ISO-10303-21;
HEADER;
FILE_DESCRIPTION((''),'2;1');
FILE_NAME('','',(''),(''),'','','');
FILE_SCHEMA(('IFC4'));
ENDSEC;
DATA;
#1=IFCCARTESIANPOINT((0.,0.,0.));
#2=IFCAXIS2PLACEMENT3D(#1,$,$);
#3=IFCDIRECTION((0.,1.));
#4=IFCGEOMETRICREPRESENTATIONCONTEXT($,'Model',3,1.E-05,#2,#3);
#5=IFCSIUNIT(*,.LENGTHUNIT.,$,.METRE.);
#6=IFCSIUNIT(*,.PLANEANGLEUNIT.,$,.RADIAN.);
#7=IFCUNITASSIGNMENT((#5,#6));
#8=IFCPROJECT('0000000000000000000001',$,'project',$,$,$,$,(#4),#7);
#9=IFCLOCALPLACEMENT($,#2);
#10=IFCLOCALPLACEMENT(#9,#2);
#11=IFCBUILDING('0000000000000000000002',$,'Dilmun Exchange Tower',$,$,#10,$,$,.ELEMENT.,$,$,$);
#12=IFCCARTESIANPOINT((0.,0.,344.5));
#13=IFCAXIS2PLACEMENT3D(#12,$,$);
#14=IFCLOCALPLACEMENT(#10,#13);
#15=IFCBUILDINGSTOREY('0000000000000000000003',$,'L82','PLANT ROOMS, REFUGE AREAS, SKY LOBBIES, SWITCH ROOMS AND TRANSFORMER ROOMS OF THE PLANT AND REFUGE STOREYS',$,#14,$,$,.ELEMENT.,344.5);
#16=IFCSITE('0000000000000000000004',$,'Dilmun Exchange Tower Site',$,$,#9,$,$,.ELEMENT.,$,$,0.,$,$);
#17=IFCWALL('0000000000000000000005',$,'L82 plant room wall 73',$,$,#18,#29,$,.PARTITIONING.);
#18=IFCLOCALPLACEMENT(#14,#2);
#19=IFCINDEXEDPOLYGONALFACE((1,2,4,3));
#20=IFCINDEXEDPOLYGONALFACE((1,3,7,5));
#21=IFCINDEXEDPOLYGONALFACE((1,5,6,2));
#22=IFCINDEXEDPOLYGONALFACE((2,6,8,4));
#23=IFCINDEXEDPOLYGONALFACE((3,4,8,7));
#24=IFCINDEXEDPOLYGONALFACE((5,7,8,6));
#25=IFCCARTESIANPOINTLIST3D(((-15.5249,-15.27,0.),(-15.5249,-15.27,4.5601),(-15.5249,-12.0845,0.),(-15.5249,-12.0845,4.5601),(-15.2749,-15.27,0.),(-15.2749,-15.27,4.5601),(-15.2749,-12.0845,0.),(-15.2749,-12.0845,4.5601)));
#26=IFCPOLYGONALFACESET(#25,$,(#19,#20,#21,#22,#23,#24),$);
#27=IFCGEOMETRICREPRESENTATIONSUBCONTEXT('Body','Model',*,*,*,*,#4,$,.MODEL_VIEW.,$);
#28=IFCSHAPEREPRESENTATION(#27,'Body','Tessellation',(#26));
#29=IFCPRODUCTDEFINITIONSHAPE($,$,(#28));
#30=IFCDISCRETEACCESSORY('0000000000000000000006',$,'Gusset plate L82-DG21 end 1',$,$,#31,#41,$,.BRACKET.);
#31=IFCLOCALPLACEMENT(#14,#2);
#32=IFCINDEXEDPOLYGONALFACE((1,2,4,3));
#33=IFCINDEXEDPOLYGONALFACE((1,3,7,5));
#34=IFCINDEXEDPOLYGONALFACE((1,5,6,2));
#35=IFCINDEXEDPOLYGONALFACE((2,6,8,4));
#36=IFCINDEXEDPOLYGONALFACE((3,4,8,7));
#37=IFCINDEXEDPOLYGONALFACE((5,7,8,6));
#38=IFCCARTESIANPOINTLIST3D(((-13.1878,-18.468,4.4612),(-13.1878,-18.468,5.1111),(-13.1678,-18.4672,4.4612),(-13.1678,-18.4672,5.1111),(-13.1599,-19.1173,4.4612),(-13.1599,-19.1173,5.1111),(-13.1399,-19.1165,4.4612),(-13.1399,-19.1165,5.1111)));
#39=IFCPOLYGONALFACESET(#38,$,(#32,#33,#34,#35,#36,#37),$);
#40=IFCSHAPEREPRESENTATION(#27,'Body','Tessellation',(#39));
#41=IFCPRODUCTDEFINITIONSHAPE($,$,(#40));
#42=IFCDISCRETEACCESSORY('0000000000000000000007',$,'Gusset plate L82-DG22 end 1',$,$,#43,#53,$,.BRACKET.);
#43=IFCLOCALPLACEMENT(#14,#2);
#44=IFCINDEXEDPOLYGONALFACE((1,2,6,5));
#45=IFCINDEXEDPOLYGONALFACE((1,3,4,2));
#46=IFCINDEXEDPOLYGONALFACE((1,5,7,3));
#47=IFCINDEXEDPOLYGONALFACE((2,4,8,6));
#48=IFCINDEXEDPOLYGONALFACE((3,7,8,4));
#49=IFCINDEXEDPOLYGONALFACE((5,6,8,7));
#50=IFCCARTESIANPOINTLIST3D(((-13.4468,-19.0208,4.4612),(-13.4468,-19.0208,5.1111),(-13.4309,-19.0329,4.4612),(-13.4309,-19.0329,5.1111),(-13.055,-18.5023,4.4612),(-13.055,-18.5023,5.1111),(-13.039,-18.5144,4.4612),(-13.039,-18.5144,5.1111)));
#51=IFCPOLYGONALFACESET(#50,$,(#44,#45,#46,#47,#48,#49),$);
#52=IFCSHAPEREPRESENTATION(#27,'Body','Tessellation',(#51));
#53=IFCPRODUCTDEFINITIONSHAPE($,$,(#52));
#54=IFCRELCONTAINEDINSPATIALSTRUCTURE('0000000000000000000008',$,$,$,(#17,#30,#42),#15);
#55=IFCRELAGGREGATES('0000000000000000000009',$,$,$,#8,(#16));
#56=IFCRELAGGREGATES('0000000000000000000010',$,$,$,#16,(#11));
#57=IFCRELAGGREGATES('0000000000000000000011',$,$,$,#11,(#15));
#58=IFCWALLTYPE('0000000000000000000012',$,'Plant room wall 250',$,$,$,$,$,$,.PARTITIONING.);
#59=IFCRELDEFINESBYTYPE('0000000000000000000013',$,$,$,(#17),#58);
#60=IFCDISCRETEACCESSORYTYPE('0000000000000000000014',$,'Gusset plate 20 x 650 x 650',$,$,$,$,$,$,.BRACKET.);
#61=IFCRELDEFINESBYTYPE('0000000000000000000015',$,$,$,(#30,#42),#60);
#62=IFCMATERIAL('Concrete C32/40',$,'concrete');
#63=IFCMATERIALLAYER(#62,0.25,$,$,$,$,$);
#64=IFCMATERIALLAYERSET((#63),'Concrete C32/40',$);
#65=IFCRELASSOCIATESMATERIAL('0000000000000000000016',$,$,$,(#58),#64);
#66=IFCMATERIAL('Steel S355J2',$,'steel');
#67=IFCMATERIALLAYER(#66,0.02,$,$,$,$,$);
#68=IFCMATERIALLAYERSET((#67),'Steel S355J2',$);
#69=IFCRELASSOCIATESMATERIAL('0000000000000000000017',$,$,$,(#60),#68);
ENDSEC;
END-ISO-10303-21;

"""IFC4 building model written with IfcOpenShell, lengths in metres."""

from ifc_helpers import new_model, si_unit, direction, frame, frame_2d, origin, origin_2d, place, context, subcontext, project, spatial, rectangle, extrude, material, layer, layer_set, type_object, element, save


model = new_model("IFC4")

# Units and contexts
model_context = context("Model", 3, precision=1e-05, world=origin(), true_north=direction((0.0, 1.0)))
body_context = subcontext(model_context, "Body", "Model", "MODEL_VIEW")
ifc_project = project(units=[si_unit("LENGTHUNIT", "METRE"), si_unit("PLANEANGLEUNIT", "RADIAN")], contexts=[model_context])

# Site, building, storey
site_placement = place(None, origin())
site = spatial("IfcSite", under=ifc_project, at=site_placement, Name="Dilmun Exchange Tower Site", CompositionType="ELEMENT", RefElevation=0.0)
building_placement = place(site_placement, origin())
building = spatial("IfcBuilding", under=site, at=building_placement, Name="Dilmun Exchange Tower", CompositionType="ELEMENT")
storey_placement = place(building_placement, frame((0.0, 0.0, 344.5)))
storey = spatial("IfcBuildingStorey", under=building, at=storey_placement, Name="L82", Description="PLANT ROOMS, REFUGE AREAS, SKY LOBBIES, SWITCH ROOMS AND TRANSFORMER ROOMS OF THE PLANT AND REFUGE STOREYS", CompositionType="ELEMENT", Elevation=344.5)

# Shared definitions
ifc_material_1 = material(Name="Concrete C32/40", Category="concrete")
ifc_layer_1 = layer(ifc_material_1, 0.25)
ifc_layer_set_1 = layer_set([ifc_layer_1], Name="Concrete C32/40")
wall_type_1 = type_object("IfcWallType", Name="Plant room wall 250", PredefinedType="PARTITIONING", material=ifc_layer_set_1)

# Wall
wall_1_placement = place(storey_placement, frame((-15.3999, -15.27, 0.0), z_axis=(0.0, 0.0, 1.0), x_axis=(0.0, 1.0, 0.0)))
element("IfcWall", 1, at=wall_1_placement, inside=storey, type_object=wall_type_1, Name="L82 plant room wall 73", PredefinedType="PARTITIONING", context=body_context, shape_type="SweptSolid", body=[
    extrude(rectangle(XDim=3.1855, YDim=0.25, at=frame_2d((1.5928, 0.0))), origin(), (0.0, 0.0, 1.0), 4.5601),
])

# Discrete accessories
ifc_material_2 = material(Name="Steel S355J2", Category="steel")
ifc_layer_2 = layer(ifc_material_2, 0.02)
ifc_layer_set_2 = layer_set([ifc_layer_2], Name="Steel S355J2")
discrete_accessory_type = type_object("IfcDiscreteAccessoryType", Name="Gusset plate 20 x 650 x 650", PredefinedType="BRACKET", material=ifc_layer_set_2)
for number, where, z_axis, x_axis, name in (
    (2, (-13.1638, -18.7922, 4.4612), (0.0, 0.0, 1.0), (0.04296, -0.999077, 0.0), "Gusset plate L82-DG21 end 1"),
    (3, (-13.2429, -18.7676, 4.4612), (0.0, 0.0, 1.0), (-0.602931, -0.797793, 0.0), "Gusset plate L82-DG22 end 1"),
):
    element("IfcDiscreteAccessory", number, at=place(storey_placement, frame(where, z_axis=z_axis, x_axis=x_axis)), inside=storey, type_object=discrete_accessory_type, Name=name, PredefinedType="BRACKET", context=body_context, shape_type="SweptSolid", body=[
        extrude(rectangle(XDim=0.6499, YDim=0.02, at=origin_2d()), origin(), (0.0, 0.0, 1.0), 0.6499),
    ])

save(model, "model.ifc")
